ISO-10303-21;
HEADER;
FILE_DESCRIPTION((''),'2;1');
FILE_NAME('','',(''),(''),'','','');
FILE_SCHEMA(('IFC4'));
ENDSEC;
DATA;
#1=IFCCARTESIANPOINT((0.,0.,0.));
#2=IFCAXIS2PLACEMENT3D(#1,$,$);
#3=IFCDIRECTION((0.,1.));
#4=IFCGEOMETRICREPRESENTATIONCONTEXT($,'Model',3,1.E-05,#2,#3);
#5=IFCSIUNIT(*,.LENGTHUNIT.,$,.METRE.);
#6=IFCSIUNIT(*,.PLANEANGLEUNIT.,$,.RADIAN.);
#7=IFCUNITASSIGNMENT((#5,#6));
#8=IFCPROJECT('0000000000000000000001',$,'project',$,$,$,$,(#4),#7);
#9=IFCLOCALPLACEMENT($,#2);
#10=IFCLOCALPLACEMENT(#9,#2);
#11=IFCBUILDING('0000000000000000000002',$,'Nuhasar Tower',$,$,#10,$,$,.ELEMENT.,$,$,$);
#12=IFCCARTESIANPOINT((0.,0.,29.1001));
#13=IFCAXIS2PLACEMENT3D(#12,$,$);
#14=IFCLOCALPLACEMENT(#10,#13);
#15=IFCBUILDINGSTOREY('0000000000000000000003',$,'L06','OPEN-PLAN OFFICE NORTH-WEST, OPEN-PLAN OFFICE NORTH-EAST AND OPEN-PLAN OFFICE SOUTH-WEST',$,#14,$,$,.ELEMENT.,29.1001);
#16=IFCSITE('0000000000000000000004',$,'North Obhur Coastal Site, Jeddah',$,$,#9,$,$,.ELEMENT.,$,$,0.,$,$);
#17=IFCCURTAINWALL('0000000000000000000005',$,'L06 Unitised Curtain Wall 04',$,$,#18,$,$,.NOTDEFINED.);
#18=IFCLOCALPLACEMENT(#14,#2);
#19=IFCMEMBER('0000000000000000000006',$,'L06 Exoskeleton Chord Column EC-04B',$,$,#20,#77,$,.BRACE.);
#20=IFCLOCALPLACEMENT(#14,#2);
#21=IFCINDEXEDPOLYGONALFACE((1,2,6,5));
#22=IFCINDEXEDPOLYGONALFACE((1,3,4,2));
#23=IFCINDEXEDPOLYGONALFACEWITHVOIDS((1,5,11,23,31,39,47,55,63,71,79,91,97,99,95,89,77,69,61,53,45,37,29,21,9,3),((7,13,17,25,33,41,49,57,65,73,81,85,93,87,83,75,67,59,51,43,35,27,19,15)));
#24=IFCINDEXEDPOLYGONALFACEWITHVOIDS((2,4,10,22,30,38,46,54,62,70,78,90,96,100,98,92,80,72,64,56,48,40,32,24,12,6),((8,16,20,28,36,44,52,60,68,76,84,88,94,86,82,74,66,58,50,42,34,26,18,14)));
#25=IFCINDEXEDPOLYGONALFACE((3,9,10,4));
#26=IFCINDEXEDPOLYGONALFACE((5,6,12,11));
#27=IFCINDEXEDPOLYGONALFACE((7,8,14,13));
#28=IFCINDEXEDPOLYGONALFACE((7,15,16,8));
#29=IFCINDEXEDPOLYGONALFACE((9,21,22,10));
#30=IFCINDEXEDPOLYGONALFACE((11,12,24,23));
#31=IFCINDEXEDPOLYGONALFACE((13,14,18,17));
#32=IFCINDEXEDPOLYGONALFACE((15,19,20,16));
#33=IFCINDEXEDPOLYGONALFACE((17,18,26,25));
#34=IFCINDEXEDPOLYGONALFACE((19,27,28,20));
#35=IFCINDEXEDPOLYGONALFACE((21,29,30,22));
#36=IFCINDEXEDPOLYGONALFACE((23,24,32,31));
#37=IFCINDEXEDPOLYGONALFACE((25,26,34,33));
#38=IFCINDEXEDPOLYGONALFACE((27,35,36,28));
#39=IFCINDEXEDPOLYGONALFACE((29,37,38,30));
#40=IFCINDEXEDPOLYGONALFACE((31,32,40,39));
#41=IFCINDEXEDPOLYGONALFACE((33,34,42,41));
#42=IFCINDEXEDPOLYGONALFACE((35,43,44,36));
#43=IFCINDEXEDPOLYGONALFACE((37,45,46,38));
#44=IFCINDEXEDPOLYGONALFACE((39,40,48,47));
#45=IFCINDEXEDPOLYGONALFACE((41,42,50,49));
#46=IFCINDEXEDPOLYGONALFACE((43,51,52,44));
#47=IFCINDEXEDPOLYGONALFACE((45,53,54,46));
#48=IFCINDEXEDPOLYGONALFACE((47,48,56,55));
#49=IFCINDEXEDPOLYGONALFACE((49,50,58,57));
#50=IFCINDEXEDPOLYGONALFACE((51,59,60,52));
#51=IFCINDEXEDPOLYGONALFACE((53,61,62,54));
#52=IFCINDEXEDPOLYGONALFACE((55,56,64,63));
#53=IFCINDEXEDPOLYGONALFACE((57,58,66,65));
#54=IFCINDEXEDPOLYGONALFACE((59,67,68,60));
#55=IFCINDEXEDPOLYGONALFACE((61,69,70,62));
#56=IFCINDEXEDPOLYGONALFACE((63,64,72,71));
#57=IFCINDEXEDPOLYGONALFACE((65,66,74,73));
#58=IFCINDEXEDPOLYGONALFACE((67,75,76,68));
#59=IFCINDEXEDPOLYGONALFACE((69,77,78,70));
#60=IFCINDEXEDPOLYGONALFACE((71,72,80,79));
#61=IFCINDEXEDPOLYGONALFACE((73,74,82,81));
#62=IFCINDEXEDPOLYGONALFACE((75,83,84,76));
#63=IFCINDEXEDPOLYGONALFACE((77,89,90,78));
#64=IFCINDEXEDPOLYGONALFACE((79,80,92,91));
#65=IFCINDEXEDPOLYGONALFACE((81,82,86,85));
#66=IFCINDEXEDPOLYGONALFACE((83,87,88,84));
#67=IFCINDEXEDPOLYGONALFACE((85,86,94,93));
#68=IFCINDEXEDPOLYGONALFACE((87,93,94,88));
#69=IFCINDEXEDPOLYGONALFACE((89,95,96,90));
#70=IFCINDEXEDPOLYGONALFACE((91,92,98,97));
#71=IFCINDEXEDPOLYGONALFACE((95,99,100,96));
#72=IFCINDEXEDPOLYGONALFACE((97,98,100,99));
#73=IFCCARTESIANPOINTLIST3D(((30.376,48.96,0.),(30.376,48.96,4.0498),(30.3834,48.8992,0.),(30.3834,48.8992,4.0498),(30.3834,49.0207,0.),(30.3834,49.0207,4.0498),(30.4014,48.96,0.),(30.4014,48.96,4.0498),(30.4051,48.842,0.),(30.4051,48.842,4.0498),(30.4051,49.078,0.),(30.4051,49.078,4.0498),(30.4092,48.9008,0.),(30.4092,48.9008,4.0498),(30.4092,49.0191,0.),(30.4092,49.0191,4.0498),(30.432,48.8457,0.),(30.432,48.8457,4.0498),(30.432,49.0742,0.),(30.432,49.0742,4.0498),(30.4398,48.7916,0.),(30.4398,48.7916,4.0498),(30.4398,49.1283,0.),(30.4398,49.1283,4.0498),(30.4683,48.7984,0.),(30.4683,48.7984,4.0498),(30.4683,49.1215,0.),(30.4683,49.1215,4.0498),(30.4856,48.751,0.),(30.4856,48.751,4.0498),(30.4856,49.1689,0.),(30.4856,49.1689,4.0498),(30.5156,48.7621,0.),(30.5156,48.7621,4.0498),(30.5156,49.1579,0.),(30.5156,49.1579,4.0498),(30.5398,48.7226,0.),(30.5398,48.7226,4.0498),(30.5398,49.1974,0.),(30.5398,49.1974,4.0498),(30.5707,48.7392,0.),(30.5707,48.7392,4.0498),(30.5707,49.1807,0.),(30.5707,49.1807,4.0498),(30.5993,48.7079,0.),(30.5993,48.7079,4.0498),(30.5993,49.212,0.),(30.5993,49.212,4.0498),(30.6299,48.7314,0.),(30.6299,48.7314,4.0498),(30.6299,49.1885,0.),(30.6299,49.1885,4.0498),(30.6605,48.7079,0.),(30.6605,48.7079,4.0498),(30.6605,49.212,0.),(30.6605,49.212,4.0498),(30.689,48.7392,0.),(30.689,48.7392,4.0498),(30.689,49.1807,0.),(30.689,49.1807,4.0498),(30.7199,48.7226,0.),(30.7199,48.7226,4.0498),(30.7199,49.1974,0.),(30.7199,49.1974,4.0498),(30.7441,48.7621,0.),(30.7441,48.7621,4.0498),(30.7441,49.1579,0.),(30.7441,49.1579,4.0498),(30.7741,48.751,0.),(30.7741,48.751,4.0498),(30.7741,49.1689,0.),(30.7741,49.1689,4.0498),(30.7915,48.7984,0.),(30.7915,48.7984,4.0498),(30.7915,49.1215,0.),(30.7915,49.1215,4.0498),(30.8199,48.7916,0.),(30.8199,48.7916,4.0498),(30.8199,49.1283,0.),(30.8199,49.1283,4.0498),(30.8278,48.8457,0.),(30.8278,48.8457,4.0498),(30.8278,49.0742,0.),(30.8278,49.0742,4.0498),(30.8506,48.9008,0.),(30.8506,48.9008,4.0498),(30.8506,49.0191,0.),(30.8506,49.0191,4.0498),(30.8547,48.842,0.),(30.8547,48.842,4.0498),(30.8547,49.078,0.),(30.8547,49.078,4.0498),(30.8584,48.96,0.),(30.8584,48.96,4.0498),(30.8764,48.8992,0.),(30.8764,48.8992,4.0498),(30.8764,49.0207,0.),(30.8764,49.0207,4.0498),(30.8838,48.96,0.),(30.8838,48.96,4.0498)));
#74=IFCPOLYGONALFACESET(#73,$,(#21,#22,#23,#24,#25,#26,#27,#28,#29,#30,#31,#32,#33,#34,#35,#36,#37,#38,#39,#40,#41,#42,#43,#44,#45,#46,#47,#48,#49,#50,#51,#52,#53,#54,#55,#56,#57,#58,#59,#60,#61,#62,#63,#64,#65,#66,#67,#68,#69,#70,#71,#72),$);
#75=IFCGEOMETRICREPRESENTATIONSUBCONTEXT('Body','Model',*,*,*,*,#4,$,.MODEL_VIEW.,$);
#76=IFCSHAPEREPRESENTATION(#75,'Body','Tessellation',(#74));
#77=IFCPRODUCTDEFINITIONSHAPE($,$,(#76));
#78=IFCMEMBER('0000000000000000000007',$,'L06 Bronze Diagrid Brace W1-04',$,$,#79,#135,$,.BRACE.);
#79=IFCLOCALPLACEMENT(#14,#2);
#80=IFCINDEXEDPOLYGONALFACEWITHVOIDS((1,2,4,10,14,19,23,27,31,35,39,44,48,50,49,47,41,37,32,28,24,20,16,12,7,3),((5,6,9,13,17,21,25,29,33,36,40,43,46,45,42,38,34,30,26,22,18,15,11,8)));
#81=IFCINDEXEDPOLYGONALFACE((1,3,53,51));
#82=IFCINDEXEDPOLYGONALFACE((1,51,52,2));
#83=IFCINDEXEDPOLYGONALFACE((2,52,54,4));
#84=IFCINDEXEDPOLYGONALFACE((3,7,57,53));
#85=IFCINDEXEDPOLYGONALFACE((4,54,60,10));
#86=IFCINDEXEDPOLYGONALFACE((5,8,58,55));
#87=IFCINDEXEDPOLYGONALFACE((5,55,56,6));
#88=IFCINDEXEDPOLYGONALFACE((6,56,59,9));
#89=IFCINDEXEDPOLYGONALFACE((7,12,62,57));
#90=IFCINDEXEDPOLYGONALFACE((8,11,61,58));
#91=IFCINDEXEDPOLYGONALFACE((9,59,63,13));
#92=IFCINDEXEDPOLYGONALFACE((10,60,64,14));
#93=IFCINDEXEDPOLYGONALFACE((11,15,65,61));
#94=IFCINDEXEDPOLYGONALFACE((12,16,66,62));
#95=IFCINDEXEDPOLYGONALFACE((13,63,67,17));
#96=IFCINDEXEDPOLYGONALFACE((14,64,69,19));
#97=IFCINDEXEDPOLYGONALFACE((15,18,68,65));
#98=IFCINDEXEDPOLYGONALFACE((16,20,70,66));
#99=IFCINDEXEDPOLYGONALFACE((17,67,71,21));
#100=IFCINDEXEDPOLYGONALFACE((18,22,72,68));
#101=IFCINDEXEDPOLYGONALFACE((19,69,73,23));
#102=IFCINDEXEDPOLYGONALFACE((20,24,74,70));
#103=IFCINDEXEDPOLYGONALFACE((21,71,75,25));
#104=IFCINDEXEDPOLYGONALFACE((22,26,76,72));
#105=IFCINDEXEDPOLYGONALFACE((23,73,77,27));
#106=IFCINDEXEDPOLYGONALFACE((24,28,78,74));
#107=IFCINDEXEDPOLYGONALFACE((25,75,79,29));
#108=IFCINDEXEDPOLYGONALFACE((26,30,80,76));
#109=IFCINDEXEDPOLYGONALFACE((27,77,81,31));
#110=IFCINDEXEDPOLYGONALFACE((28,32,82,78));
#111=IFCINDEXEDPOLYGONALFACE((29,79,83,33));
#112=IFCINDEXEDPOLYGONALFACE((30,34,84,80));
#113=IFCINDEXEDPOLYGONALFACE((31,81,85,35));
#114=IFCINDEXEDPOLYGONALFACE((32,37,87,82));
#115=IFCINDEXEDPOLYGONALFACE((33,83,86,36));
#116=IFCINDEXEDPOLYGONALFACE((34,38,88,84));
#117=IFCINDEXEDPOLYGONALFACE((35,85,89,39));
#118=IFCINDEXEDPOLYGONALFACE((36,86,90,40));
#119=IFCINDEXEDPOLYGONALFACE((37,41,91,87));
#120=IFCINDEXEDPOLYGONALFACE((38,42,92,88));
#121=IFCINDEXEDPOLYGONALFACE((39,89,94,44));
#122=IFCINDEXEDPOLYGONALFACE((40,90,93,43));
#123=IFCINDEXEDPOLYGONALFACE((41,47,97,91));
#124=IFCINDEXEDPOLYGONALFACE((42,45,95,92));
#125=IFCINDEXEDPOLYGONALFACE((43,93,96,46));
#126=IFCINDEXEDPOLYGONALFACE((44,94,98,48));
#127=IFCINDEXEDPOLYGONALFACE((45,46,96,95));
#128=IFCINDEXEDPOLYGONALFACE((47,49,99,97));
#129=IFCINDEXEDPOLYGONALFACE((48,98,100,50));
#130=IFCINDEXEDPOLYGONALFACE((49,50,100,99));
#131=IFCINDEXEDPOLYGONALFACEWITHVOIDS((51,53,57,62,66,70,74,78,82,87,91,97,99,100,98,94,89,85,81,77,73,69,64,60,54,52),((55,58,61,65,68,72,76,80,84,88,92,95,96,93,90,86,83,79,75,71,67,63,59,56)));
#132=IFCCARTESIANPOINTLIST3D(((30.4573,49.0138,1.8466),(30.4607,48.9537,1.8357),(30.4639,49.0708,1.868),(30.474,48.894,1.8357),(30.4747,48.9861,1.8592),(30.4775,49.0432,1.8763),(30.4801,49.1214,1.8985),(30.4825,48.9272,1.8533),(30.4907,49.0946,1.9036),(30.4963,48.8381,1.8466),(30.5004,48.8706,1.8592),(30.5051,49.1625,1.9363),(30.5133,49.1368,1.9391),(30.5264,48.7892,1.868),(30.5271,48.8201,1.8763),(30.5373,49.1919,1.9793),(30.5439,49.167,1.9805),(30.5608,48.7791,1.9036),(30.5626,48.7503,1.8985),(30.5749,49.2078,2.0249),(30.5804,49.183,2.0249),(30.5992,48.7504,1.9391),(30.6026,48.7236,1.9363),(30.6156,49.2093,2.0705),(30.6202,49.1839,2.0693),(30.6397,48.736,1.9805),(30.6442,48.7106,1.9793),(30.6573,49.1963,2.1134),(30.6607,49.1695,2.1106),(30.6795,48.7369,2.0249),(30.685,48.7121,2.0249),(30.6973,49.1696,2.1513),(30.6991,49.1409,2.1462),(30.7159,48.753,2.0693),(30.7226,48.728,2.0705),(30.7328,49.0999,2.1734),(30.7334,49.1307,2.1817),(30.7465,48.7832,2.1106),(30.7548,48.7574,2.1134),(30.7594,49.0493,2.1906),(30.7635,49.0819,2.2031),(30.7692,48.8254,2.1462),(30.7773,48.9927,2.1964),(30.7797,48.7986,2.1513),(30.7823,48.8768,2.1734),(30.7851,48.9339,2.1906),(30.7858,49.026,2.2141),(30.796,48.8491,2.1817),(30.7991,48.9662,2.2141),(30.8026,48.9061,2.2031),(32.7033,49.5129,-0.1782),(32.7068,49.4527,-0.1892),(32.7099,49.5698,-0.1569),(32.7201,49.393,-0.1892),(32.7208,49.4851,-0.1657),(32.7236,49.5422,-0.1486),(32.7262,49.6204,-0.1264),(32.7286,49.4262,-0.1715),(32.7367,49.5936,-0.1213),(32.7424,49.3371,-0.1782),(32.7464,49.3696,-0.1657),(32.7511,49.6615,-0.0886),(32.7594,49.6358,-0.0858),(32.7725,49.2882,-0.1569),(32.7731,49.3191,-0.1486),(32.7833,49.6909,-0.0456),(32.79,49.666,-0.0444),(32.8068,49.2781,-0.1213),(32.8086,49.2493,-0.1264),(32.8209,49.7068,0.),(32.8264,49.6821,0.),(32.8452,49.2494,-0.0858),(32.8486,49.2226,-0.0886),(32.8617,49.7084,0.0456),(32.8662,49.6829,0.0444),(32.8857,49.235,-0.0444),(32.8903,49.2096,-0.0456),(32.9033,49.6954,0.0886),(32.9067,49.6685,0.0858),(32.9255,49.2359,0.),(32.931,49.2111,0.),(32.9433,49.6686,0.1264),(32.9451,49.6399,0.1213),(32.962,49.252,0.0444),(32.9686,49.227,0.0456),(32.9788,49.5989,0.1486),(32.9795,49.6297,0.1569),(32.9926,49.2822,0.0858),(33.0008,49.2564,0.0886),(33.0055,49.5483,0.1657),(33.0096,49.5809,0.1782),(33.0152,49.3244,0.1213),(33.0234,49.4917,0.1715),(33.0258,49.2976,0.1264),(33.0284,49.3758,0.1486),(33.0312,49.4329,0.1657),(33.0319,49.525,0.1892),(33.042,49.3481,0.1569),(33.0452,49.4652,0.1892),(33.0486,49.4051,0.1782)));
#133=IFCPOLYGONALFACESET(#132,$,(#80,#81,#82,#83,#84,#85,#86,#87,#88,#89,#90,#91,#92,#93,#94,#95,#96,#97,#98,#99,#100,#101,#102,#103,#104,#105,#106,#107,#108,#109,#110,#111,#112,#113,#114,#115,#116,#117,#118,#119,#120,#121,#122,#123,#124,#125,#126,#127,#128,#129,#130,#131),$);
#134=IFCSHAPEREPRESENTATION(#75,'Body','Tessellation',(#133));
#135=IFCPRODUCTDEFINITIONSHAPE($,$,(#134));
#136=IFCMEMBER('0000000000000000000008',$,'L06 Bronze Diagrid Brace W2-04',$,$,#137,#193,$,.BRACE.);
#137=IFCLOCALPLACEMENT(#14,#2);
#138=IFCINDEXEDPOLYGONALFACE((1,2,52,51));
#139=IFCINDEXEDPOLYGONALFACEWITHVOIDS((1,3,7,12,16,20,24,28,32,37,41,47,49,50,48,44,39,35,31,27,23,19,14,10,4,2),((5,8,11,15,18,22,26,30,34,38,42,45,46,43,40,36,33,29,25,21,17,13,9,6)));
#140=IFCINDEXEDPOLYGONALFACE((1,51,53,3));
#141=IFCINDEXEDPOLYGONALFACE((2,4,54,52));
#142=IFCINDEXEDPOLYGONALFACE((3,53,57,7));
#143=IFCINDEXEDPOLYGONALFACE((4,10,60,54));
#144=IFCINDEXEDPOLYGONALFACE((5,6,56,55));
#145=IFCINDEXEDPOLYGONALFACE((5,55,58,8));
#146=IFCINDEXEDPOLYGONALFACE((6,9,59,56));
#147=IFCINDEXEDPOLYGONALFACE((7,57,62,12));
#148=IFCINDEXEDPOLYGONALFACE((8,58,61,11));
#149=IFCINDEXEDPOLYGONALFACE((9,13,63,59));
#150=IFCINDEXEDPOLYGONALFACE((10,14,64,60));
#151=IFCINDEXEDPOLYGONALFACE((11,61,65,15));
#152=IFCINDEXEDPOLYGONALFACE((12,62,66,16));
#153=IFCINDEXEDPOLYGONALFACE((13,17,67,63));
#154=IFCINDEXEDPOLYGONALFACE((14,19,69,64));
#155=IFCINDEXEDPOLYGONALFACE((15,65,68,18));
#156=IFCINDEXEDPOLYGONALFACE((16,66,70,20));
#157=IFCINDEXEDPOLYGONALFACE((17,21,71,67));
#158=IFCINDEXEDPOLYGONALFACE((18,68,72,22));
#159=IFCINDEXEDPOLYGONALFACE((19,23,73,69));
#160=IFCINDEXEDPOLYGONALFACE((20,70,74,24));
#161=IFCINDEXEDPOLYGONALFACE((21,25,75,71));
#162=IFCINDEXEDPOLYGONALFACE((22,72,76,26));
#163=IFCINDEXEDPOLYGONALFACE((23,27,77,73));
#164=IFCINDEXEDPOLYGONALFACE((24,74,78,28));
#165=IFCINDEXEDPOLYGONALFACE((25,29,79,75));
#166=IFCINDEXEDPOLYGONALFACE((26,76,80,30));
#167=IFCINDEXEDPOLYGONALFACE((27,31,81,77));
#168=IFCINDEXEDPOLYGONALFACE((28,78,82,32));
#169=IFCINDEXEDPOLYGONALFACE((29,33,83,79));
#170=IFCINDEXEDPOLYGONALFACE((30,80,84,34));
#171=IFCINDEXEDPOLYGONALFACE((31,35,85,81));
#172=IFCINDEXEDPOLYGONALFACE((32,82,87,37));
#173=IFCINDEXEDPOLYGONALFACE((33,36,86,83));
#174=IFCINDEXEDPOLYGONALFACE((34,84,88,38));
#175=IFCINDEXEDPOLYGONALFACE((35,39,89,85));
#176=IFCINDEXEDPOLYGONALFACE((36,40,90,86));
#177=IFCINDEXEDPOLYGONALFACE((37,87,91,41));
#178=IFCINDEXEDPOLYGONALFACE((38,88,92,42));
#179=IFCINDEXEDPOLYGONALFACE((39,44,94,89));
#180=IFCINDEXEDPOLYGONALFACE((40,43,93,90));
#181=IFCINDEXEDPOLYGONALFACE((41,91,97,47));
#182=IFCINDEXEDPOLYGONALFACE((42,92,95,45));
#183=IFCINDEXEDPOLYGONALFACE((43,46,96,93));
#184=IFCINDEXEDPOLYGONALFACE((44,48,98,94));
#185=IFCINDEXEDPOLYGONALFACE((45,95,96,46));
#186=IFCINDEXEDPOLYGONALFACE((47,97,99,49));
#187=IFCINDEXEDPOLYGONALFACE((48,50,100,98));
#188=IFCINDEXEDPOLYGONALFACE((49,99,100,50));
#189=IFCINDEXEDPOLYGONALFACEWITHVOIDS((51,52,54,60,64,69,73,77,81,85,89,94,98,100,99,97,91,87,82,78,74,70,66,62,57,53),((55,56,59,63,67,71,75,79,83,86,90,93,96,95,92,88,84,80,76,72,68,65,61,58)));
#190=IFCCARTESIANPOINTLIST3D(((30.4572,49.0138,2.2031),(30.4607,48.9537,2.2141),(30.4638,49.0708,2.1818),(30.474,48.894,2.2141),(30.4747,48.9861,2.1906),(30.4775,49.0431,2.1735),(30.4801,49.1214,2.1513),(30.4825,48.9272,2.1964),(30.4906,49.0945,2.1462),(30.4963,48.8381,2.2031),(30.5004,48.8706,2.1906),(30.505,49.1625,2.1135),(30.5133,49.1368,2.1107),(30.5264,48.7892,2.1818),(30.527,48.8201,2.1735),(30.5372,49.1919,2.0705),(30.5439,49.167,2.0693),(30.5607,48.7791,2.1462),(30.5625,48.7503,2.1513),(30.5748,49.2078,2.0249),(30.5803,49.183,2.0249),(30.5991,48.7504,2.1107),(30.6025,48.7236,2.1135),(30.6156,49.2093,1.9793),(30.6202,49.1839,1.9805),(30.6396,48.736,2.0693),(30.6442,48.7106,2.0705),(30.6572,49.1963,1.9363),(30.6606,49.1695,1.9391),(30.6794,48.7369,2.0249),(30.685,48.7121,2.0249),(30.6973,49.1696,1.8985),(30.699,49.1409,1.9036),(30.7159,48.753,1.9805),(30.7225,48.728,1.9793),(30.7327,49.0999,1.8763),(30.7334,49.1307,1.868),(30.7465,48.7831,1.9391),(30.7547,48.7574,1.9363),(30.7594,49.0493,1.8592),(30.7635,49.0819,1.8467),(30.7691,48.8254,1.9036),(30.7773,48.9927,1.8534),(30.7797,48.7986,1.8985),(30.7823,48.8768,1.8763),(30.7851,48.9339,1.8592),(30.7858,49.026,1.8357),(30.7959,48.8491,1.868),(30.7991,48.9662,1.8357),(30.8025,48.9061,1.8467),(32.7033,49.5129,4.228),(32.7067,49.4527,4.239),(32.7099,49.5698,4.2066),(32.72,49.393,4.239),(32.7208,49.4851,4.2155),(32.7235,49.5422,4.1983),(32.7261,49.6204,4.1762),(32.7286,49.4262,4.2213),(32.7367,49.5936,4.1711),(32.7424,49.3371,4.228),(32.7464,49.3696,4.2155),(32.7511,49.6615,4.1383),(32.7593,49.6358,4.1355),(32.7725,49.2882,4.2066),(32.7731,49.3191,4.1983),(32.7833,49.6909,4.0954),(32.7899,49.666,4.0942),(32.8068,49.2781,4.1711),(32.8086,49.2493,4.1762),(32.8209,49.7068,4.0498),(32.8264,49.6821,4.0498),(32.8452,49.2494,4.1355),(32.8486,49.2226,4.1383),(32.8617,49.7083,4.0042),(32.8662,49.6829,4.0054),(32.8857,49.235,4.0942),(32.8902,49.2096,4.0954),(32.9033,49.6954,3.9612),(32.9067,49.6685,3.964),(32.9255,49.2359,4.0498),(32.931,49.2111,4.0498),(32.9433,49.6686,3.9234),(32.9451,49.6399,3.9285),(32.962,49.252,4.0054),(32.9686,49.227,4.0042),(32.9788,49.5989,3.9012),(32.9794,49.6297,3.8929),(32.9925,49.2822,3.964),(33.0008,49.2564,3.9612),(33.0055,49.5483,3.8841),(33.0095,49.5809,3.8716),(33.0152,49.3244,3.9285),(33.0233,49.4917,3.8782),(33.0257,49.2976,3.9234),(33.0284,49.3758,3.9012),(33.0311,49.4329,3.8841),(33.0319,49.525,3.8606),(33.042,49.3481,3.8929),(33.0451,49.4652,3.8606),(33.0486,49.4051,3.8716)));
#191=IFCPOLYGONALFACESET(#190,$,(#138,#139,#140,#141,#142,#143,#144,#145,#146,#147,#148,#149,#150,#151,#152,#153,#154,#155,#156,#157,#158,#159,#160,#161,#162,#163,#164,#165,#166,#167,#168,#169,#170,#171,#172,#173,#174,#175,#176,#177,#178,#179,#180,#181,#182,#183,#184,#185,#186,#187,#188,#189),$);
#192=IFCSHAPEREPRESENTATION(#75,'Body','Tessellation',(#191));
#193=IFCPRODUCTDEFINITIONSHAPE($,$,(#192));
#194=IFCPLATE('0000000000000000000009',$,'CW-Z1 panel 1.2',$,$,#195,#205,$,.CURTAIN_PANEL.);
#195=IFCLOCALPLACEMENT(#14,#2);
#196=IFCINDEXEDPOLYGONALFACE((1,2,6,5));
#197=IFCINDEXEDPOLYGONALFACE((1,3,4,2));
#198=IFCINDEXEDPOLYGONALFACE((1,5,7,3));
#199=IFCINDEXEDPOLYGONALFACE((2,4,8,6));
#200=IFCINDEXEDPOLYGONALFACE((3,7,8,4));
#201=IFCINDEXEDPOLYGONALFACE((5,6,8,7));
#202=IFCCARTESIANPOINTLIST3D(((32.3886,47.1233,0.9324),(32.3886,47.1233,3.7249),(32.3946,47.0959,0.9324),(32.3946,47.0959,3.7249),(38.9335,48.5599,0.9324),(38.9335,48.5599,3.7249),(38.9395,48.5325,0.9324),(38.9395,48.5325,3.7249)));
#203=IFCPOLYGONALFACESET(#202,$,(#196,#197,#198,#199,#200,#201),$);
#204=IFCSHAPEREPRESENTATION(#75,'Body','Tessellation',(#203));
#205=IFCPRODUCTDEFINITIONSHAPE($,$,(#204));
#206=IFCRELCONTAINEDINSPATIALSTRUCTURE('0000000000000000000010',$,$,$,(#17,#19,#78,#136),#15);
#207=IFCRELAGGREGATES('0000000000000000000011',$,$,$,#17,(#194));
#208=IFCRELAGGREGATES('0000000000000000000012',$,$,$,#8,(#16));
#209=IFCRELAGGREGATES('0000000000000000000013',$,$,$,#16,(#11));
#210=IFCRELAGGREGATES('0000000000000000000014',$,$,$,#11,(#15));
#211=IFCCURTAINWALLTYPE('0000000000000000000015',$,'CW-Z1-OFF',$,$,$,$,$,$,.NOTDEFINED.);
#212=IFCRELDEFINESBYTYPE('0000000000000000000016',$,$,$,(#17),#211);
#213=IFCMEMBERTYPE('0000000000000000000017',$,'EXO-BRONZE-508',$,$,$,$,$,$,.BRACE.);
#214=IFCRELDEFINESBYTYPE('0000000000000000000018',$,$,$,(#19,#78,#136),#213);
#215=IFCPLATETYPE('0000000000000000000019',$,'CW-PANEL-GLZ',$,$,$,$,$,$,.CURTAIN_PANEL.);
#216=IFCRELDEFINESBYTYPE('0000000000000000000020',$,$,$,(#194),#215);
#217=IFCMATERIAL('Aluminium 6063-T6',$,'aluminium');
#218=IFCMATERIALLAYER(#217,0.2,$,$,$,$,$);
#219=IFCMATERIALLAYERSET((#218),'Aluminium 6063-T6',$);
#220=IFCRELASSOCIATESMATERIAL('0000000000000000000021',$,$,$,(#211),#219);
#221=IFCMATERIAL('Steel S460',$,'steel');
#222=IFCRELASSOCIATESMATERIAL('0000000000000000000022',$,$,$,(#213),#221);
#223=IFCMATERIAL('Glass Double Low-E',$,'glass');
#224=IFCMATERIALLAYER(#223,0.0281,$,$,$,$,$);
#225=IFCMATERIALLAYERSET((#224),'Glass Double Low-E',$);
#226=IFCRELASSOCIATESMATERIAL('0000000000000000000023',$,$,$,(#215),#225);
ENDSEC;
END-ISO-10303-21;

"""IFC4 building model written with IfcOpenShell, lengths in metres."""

from ifc_helpers import new_model, si_unit, direction, frame, origin, origin_2d, place, context, subcontext, project, spatial, rectangle, hollow_circle, extrude, material, layer, layer_set, material_profile, profile_set, type_object, element, aggregate, save


model = new_model("IFC4")

# Units and contexts
model_context = context("Model", 3, precision=1e-05, world=origin(), true_north=direction((0.0, 1.0)))
body_context = subcontext(model_context, "Body", "Model", "MODEL_VIEW")
ifc_project = project(units=[si_unit("LENGTHUNIT", "METRE"), si_unit("PLANEANGLEUNIT", "RADIAN")], contexts=[model_context])

# Site, building, storey
site_placement = place(None, origin())
site = spatial("IfcSite", under=ifc_project, at=site_placement, Name="North Obhur Coastal Site, Jeddah", CompositionType="ELEMENT", RefElevation=0.0)
building_placement = place(site_placement, origin())
building = spatial("IfcBuilding", under=site, at=building_placement, Name="Nuhasar Tower", CompositionType="ELEMENT")
storey_placement = place(building_placement, frame((0.0, 0.0, 29.1001)))
storey = spatial("IfcBuildingStorey", under=building, at=storey_placement, Name="L06", Description="OPEN-PLAN OFFICE NORTH-WEST, OPEN-PLAN OFFICE NORTH-EAST AND OPEN-PLAN OFFICE SOUTH-WEST", CompositionType="ELEMENT", Elevation=29.1001)

# Curtain wall
ifc_material_1 = material(Name="Aluminium 6063-T6", Category="aluminium")
ifc_layer_1 = layer(ifc_material_1, 0.2)
ifc_layer_set_1 = layer_set([ifc_layer_1], Name="Aluminium 6063-T6")
curtain_wall_type = type_object("IfcCurtainWallType", Name="CW-Z1-OFF", PredefinedType="NOTDEFINED", material=ifc_layer_set_1)
curtain_wall_placement = place(storey_placement, origin())
curtain_wall = element("IfcCurtainWall", 1, at=curtain_wall_placement, inside=storey, type_object=curtain_wall_type, Name="L06 Unitised Curtain Wall 04", PredefinedType="NOTDEFINED")

# Members
ifc_material_2 = material(Name="Steel S460", Category="steel")
ifc_material_profile_1 = material_profile(ifc_material_2, hollow_circle(Radius=0.2539, WallThickness=0.0254, at=origin_2d()), Name="HSS508X25.4")
ifc_profile_set_1 = profile_set([ifc_material_profile_1], Name="Steel S460")
member_type_1 = type_object("IfcMemberType", Name="EXO-BRONZE-508", PredefinedType="BRACE", material=ifc_profile_set_1)
for number, where, z_axis, x_axis, name in (
    (2, (30.6299, 48.96, 0.0), (0.0, 0.0, 1.0), (1.0, 0.0, 0.0), "L06 Exoskeleton Chord Column EC-04B"),
):
    element("IfcMember", number, at=place(storey_placement, frame(where, z_axis=z_axis, x_axis=x_axis)), inside=storey, type_object=member_type_1, Name=name, PredefinedType="BRACE", context=body_context, shape_type="SweptSolid", body=[
        extrude(hollow_circle(Radius=0.2539, WallThickness=0.0254, at=origin_2d()), origin(), (0.0, 0.0, 1.0), 4.0498),
    ])
for number, where, z_axis, x_axis, name in (
    (3, (32.876, 49.459, 0.0), (-0.732821, -0.162814, 0.660654), (0.216886, -0.976197, 0.0), "L06 Bronze Diagrid Brace W1-04"),
    (4, (30.6299, 48.96, 2.0249), (0.732821, 0.162814, 0.660654), (-0.216886, 0.976197, 0.0), "L06 Bronze Diagrid Brace W2-04"),
):
    element("IfcMember", number, at=place(storey_placement, frame(where, z_axis=z_axis, x_axis=x_axis)), inside=storey, type_object=member_type_1, Name=name, PredefinedType="BRACE", context=body_context, shape_type="SweptSolid", body=[
        extrude(hollow_circle(Radius=0.2539, WallThickness=0.0254, at=origin_2d()), origin(), (0.0, 0.0, 1.0), 3.0649),
    ])

# Plate
ifc_material_3 = material(Name="Glass Double Low-E", Category="glass")
ifc_layer_2 = layer(ifc_material_3, 0.0281)
ifc_layer_set_2 = layer_set([ifc_layer_2], Name="Glass Double Low-E")
plate_type_1 = type_object("IfcPlateType", Name="CW-PANEL-GLZ", PredefinedType="CURTAIN_PANEL", material=ifc_layer_set_2)
plate_1_placement = place(storey_placement, frame((35.6641, 47.8279, 0.9324), z_axis=(0.0, 0.0, 1.0), x_axis=(-0.976746, -0.214399, 0.0)))
plate_1 = element("IfcPlate", 5, at=plate_1_placement, type_object=plate_type_1, Name="CW-Z1 panel 1.2", PredefinedType="CURTAIN_PANEL", context=body_context, shape_type="SweptSolid", body=[
    extrude(rectangle(XDim=6.7007, YDim=0.0281, at=origin_2d()), origin(), (0.0, 0.0, 1.0), 2.7925),
])
aggregate(curtain_wall, [plate_1])

save(model, "model.ifc")
